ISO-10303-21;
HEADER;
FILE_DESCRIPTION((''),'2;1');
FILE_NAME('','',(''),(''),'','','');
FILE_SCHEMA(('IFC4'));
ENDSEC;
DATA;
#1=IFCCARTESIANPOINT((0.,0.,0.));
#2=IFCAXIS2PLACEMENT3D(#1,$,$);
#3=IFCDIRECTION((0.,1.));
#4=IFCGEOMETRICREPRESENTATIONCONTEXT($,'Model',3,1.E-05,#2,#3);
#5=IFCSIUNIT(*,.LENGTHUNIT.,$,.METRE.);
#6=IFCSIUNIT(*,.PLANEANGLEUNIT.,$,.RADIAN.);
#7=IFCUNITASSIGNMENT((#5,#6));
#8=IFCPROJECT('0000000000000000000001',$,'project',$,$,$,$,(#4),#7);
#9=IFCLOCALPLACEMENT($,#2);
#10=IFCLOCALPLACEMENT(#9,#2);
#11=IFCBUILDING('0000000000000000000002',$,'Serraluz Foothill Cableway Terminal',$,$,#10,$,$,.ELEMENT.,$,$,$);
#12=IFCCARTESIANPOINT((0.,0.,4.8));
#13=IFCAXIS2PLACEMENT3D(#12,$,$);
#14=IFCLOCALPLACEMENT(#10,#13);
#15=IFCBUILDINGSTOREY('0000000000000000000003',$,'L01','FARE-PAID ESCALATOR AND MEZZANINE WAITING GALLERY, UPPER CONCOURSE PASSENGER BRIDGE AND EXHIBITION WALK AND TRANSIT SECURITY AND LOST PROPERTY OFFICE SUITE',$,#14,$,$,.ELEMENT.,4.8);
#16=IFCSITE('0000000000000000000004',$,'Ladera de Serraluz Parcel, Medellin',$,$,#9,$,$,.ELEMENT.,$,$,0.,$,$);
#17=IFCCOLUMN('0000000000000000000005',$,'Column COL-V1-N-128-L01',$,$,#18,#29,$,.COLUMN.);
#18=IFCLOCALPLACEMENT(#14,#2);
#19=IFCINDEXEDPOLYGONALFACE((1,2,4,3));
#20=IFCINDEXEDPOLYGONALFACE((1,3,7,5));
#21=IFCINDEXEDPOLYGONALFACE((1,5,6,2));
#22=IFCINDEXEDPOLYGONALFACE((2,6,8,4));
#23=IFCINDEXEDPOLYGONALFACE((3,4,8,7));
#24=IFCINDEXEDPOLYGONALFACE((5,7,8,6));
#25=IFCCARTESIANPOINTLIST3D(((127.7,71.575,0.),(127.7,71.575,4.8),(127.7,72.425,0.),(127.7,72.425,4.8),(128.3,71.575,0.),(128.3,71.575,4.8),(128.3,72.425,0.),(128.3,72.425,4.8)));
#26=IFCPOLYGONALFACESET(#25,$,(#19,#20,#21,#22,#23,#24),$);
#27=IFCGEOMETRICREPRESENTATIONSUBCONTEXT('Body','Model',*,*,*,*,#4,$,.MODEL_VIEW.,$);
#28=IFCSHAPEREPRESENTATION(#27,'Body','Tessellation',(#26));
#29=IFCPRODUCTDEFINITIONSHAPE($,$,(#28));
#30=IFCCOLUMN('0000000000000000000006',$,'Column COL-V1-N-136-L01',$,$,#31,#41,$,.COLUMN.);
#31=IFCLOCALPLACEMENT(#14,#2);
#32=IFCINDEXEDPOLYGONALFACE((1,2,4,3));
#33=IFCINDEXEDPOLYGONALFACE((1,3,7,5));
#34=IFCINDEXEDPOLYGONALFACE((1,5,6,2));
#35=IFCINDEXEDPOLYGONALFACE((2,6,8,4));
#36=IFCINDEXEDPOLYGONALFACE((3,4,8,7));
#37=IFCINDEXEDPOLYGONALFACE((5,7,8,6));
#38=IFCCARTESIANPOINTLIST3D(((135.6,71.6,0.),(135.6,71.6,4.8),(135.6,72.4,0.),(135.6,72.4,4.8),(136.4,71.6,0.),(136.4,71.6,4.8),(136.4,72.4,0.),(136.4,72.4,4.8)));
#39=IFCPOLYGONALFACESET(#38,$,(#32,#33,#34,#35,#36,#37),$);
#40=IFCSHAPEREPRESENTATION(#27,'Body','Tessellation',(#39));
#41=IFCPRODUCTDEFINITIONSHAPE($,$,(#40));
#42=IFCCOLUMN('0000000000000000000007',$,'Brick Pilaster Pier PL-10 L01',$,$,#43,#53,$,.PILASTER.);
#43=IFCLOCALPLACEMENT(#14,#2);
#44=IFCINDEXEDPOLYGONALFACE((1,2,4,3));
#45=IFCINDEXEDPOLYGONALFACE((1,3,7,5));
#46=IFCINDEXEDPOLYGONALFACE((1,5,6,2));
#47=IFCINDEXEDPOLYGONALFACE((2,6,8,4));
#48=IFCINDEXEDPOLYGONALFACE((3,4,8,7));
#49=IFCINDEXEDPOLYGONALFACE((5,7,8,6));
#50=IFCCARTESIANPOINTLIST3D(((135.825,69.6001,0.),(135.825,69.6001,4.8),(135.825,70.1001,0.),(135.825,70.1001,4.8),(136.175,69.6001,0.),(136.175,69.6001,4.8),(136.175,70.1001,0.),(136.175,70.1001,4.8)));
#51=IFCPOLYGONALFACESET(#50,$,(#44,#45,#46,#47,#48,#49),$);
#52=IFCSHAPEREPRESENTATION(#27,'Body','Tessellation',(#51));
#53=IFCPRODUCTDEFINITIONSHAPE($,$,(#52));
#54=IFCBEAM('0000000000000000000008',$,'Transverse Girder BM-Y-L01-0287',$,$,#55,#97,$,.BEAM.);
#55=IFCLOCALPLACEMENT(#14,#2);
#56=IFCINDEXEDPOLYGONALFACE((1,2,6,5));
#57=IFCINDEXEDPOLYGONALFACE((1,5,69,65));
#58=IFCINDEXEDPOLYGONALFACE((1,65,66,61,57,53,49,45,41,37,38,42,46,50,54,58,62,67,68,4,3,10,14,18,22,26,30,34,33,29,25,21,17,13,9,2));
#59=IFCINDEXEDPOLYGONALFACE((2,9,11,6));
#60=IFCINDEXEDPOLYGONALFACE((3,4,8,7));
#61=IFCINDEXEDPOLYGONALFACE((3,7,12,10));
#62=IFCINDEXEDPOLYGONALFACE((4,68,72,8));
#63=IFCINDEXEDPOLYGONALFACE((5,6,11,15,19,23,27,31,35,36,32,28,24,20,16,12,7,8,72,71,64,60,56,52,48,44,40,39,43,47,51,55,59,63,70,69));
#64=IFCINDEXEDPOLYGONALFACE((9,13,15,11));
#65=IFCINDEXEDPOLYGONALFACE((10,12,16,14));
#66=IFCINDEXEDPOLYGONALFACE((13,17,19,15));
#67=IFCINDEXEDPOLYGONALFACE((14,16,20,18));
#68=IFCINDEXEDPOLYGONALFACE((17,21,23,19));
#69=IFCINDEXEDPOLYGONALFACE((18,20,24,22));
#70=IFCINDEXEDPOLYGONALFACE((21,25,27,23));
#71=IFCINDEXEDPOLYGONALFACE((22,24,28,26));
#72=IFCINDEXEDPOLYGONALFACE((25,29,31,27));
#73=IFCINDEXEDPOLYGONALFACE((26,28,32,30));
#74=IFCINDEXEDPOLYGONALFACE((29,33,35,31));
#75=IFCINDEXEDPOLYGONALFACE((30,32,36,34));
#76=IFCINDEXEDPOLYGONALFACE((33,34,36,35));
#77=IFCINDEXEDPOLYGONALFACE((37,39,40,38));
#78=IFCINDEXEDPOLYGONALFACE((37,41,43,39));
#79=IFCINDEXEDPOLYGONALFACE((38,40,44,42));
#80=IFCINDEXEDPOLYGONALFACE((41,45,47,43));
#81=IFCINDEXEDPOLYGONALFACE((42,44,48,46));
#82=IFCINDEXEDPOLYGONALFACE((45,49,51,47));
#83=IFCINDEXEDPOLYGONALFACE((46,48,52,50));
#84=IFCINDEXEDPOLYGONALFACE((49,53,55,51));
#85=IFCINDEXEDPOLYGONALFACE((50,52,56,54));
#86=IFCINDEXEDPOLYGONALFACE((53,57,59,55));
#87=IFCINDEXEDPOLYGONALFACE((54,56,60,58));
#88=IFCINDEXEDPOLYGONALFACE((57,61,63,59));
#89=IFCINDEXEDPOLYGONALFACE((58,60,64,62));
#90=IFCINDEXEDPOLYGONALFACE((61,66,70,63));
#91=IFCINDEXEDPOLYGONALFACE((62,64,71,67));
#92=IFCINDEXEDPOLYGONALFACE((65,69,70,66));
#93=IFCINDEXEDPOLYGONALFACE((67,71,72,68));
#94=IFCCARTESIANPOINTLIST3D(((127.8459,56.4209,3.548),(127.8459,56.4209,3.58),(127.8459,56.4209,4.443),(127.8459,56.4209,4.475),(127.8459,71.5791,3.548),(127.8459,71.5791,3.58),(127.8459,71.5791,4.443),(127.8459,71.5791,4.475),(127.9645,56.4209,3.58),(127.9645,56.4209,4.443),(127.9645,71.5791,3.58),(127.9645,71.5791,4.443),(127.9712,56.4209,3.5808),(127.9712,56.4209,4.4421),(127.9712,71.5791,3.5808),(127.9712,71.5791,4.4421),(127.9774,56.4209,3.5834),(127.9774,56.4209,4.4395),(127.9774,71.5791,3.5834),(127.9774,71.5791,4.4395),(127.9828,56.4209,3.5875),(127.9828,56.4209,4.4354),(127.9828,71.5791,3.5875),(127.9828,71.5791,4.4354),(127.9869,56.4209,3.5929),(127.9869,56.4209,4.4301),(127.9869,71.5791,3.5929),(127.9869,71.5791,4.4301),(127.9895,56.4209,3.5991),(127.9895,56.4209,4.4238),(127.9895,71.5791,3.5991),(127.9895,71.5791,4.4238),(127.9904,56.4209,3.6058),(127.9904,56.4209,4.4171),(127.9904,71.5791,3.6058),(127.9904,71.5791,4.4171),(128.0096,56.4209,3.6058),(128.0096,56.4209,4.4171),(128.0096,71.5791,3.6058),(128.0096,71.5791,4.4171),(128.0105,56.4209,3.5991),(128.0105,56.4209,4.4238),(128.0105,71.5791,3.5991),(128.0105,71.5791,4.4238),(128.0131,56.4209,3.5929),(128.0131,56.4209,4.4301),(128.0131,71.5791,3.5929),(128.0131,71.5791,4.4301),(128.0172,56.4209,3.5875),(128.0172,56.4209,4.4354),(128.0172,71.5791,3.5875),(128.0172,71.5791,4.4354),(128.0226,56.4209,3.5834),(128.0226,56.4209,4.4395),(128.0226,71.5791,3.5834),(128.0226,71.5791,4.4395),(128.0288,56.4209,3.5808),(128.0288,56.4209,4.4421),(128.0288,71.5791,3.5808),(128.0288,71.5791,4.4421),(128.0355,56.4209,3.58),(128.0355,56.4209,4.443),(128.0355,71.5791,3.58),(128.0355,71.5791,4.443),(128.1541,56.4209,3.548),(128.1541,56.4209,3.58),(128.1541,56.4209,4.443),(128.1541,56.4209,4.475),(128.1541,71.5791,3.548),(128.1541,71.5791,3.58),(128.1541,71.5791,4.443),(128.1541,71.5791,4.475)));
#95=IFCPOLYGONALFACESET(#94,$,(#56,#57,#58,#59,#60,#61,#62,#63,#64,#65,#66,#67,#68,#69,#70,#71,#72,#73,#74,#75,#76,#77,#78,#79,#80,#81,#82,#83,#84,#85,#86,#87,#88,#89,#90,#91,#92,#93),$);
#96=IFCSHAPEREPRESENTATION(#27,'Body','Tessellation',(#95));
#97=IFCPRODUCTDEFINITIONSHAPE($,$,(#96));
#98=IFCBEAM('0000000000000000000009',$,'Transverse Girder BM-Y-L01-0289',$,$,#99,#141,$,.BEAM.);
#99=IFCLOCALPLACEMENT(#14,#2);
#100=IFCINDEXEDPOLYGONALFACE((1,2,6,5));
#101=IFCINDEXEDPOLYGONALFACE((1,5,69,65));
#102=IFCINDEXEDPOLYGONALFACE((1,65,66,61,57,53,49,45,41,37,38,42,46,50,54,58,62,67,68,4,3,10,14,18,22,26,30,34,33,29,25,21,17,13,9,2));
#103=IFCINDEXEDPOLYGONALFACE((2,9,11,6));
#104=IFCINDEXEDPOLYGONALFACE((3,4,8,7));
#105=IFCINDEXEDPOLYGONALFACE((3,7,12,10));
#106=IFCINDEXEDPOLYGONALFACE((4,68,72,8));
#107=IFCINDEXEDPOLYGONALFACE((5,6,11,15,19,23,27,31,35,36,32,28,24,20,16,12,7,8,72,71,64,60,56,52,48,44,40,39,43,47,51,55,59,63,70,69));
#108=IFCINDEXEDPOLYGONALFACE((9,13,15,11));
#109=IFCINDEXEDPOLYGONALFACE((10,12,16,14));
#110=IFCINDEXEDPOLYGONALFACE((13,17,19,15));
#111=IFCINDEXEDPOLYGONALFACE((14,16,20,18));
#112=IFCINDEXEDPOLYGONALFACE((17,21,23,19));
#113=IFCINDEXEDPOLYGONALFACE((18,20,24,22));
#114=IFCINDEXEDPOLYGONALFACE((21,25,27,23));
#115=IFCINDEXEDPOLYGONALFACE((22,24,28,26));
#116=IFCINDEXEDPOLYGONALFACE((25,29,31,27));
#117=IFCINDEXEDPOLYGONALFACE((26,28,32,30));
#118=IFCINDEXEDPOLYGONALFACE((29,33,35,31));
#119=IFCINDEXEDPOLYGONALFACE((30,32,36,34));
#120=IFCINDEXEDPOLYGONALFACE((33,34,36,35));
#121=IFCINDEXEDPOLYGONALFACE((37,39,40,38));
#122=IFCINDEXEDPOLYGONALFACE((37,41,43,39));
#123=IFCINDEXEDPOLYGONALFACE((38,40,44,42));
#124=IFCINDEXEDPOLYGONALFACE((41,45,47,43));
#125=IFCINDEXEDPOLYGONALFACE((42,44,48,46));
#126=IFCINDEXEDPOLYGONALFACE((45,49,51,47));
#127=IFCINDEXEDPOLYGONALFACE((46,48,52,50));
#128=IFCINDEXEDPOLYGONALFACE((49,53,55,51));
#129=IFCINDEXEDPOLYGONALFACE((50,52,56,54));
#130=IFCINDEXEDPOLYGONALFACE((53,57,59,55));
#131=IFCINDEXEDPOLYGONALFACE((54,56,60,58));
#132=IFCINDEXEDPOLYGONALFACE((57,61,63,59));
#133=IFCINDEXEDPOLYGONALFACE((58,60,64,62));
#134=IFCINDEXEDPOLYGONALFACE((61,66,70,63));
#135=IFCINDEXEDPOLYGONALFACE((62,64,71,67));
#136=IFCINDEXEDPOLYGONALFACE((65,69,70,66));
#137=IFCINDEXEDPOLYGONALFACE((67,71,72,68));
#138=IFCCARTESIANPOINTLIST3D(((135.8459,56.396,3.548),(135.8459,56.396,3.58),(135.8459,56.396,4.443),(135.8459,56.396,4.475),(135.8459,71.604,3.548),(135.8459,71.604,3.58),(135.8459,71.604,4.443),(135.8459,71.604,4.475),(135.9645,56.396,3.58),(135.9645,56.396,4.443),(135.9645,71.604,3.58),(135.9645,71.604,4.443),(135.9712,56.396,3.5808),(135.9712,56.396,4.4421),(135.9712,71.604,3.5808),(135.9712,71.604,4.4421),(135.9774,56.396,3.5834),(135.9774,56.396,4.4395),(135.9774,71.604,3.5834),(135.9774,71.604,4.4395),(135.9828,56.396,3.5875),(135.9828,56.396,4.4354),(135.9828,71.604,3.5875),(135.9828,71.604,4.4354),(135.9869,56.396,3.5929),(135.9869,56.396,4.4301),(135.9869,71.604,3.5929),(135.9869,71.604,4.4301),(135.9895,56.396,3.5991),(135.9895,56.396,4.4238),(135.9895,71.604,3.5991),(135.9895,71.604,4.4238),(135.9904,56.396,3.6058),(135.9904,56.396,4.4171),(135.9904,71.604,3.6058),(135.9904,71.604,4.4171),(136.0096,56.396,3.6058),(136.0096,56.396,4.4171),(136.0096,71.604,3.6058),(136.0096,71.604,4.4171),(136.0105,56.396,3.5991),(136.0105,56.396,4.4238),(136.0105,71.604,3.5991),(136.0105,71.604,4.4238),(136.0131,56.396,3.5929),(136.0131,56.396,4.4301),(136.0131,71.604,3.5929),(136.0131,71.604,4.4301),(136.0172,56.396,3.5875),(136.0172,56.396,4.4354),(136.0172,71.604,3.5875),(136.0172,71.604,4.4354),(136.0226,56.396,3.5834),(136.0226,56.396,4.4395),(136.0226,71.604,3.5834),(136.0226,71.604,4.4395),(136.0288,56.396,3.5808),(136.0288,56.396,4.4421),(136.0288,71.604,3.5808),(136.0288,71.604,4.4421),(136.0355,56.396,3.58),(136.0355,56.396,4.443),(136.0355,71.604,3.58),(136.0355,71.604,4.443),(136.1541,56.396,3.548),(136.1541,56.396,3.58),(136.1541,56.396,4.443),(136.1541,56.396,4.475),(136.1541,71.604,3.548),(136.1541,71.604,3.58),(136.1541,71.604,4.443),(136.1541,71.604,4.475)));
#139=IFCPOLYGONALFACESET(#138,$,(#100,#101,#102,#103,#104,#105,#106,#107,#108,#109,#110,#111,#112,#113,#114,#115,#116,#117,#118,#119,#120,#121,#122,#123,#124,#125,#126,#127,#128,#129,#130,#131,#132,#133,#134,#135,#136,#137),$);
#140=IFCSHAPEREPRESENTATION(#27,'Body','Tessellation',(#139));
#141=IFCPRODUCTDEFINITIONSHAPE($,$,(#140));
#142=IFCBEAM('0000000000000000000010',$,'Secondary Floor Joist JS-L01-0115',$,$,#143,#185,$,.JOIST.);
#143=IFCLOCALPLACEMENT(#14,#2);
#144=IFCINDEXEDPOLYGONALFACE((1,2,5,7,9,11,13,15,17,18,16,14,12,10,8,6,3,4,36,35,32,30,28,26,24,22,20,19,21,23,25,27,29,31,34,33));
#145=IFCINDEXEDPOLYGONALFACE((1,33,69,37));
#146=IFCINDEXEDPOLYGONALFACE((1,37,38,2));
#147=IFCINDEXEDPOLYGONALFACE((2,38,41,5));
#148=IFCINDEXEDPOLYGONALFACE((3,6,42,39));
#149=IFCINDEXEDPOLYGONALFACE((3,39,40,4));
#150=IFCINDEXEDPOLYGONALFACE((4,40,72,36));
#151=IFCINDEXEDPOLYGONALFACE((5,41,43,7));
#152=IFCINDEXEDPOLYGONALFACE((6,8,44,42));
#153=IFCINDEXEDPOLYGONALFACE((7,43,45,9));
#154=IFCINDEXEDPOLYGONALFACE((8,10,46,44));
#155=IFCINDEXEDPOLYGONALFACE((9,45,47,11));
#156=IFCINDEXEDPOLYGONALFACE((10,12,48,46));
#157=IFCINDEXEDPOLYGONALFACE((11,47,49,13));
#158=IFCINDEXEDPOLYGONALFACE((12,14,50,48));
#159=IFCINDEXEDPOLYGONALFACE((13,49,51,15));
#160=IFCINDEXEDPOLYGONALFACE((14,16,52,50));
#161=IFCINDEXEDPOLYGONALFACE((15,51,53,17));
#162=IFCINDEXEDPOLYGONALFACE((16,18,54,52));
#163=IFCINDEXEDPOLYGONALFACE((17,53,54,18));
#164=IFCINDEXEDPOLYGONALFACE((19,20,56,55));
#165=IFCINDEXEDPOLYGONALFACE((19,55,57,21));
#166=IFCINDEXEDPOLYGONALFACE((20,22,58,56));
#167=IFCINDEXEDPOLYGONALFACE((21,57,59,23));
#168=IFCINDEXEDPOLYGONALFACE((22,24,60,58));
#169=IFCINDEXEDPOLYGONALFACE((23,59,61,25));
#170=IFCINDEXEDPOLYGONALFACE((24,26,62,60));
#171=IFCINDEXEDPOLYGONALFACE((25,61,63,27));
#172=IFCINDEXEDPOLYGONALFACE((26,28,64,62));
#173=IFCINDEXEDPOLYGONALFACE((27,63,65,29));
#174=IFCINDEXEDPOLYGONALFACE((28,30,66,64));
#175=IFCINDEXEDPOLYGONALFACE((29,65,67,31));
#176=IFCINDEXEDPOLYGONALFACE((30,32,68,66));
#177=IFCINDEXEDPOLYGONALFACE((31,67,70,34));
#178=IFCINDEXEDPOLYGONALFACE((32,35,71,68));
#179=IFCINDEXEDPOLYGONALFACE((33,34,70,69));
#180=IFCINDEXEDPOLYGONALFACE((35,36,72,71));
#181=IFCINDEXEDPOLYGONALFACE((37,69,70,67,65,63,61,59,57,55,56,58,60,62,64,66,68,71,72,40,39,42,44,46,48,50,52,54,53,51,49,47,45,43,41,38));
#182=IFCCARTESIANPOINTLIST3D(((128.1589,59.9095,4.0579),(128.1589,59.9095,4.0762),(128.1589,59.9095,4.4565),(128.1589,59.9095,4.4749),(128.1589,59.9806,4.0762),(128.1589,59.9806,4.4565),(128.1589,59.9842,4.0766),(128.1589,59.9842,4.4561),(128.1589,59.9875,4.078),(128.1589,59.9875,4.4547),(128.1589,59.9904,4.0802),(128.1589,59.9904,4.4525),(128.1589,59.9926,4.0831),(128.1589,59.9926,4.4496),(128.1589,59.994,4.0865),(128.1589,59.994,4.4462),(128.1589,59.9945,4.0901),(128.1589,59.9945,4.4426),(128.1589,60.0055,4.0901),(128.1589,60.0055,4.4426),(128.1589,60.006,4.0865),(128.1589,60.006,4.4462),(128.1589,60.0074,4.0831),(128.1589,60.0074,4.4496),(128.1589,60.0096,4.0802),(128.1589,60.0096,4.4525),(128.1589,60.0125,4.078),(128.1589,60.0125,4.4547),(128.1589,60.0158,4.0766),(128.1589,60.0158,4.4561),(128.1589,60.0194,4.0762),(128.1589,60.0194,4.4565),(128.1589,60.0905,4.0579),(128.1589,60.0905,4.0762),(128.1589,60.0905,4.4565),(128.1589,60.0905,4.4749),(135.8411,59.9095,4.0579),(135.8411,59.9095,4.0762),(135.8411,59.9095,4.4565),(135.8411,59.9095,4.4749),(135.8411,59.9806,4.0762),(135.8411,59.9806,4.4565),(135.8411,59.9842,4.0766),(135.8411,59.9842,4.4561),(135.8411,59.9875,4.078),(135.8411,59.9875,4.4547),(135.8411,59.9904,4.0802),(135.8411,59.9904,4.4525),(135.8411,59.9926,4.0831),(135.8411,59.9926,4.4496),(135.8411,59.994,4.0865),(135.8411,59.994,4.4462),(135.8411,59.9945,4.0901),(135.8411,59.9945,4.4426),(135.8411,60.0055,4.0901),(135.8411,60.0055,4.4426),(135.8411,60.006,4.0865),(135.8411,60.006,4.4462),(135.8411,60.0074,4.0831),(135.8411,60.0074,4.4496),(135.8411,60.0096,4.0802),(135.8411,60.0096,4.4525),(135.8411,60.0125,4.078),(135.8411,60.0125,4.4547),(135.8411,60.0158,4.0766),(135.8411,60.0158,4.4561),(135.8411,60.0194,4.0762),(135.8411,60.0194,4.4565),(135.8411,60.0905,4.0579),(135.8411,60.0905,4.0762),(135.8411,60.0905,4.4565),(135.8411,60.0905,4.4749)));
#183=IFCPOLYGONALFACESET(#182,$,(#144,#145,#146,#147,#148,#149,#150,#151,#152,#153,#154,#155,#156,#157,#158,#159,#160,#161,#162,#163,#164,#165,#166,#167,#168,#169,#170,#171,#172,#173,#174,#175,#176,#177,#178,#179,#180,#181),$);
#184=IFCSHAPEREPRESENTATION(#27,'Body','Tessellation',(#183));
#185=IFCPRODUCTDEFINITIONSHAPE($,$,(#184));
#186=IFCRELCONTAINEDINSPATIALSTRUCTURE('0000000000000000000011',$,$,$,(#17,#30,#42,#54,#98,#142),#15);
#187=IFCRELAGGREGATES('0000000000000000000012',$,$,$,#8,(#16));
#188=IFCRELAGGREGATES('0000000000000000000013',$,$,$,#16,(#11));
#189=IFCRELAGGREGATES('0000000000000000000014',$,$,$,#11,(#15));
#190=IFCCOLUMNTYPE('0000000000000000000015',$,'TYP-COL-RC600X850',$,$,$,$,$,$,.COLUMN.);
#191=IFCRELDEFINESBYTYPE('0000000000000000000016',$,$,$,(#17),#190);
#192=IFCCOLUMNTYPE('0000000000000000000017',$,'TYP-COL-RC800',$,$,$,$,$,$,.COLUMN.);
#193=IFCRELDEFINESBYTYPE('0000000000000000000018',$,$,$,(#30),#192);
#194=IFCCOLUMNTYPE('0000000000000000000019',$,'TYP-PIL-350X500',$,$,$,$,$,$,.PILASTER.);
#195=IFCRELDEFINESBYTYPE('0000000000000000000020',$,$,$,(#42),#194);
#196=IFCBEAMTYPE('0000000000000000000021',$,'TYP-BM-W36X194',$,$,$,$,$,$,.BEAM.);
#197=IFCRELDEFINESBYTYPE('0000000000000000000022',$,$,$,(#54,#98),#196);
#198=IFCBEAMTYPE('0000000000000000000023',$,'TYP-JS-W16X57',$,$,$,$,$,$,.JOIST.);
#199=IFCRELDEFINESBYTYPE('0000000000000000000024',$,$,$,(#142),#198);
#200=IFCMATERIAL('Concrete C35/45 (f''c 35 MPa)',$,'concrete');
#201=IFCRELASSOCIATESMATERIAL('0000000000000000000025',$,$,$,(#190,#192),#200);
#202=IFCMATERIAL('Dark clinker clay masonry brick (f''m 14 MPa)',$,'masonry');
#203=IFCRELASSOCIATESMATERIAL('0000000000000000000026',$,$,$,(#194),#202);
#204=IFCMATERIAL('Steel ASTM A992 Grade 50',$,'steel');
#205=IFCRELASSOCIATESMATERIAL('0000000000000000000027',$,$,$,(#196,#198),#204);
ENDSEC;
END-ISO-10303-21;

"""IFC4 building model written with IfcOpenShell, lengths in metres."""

from ifc_helpers import new_model, si_unit, direction, frame, origin, origin_2d, place, context, subcontext, project, spatial, rectangle, i_section, extrude, material, material_profile, profile_set, type_object, element, save


model = new_model("IFC4")

# Units and contexts
model_context = context("Model", 3, precision=1e-05, world=origin(), true_north=direction((0.0, 1.0)))
body_context = subcontext(model_context, "Body", "Model", "MODEL_VIEW")
ifc_project = project(units=[si_unit("LENGTHUNIT", "METRE"), si_unit("PLANEANGLEUNIT", "RADIAN")], contexts=[model_context])

# Site, building, storey
site_placement = place(None, origin())
site = spatial("IfcSite", under=ifc_project, at=site_placement, Name="Ladera de Serraluz Parcel, Medellin", CompositionType="ELEMENT", RefElevation=0.0)
building_placement = place(site_placement, origin())
building = spatial("IfcBuilding", under=site, at=building_placement, Name="Serraluz Foothill Cableway Terminal", CompositionType="ELEMENT")
storey_placement = place(building_placement, frame((0.0, 0.0, 4.8)))
storey = spatial("IfcBuildingStorey", under=building, at=storey_placement, Name="L01", Description="FARE-PAID ESCALATOR AND MEZZANINE WAITING GALLERY, UPPER CONCOURSE PASSENGER BRIDGE AND EXHIBITION WALK AND TRANSIT SECURITY AND LOST PROPERTY OFFICE SUITE", CompositionType="ELEMENT", Elevation=4.8)

# Columns
ifc_material_1 = material(Name="Concrete C35/45 (f'c 35 MPa)", Category="concrete")
ifc_material_profile_1 = material_profile(ifc_material_1, rectangle(XDim=0.6001, YDim=0.8501, at=origin_2d()), Name="RC 600x850")
ifc_profile_set_1 = profile_set([ifc_material_profile_1], Name="Concrete C35/45 (f'c 35 MPa)")
column_type_1 = type_object("IfcColumnType", Name="TYP-COL-RC600X850", PredefinedType="COLUMN", material=ifc_profile_set_1)
column_1_placement = place(storey_placement, frame((128.0, 72.0, 0.0), z_axis=(0.0, 0.0, 1.0), x_axis=(1.0, 0.0, 0.0)))
element("IfcColumn", 1, at=column_1_placement, inside=storey, type_object=column_type_1, Name="Column COL-V1-N-128-L01", PredefinedType="COLUMN", context=body_context, shape_type="SweptSolid", body=[
    extrude(rectangle(XDim=0.6001, YDim=0.8501, at=origin_2d()), origin(), (0.0, 0.0, 1.0), 4.8),
])
ifc_material_profile_2 = material_profile(ifc_material_1, rectangle(XDim=0.8, YDim=0.8, at=origin_2d()), Name="RC 800x800")
ifc_profile_set_2 = profile_set([ifc_material_profile_2], Name="Concrete C35/45 (f'c 35 MPa)")
column_type_2 = type_object("IfcColumnType", Name="TYP-COL-RC800", PredefinedType="COLUMN", material=ifc_profile_set_2)
column_2_placement = place(storey_placement, frame((136.0, 72.0, 0.0), z_axis=(0.0, 0.0, 1.0), x_axis=(1.0, 0.0, 0.0)))
element("IfcColumn", 2, at=column_2_placement, inside=storey, type_object=column_type_2, Name="Column COL-V1-N-136-L01", PredefinedType="COLUMN", context=body_context, shape_type="SweptSolid", body=[
    extrude(rectangle(XDim=0.8, YDim=0.8, at=origin_2d()), origin(), (0.0, 0.0, 1.0), 4.8),
])
ifc_material_2 = material(Name="Dark clinker clay masonry brick (f'm 14 MPa)", Category="masonry")
ifc_material_profile_3 = material_profile(ifc_material_2, rectangle(XDim=0.3501, YDim=0.5, at=origin_2d()), Name="PIL 350x500")
ifc_profile_set_3 = profile_set([ifc_material_profile_3], Name="Dark clinker clay masonry brick (f'm 14 MPa)")
column_type_3 = type_object("IfcColumnType", Name="TYP-PIL-350X500", PredefinedType="PILASTER", material=ifc_profile_set_3)
column_3_placement = place(storey_placement, frame((136.0, 69.8501, 0.0), z_axis=(0.0, 0.0, 1.0), x_axis=(1.0, 0.0, 0.0)))
element("IfcColumn", 3, at=column_3_placement, inside=storey, type_object=column_type_3, Name="Brick Pilaster Pier PL-10 L01", PredefinedType="PILASTER", context=body_context, shape_type="SweptSolid", body=[
    extrude(rectangle(XDim=0.3501, YDim=0.5, at=origin_2d()), origin(), (0.0, 0.0, 1.0), 4.8),
])

# Beams
ifc_material_3 = material(Name="Steel ASTM A992 Grade 50", Category="steel")
ifc_material_profile_4 = material_profile(ifc_material_3, i_section(OverallWidth=0.3081, OverallDepth=0.927, WebThickness=0.0193, FlangeThickness=0.032, FilletRadius=0.0259, at=origin_2d()), Name="W36X194")
ifc_profile_set_4 = profile_set([ifc_material_profile_4], Name="Steel ASTM A992 Grade 50")
beam_type_1 = type_object("IfcBeamType", Name="TYP-BM-W36X194", PredefinedType="BEAM", material=ifc_profile_set_4)
beam_1_placement = place(storey_placement, frame((128.0, 56.4209, 4.0115), z_axis=(0.0, 1.0, 0.0), x_axis=(-1.0, 0.0, 0.0)))
element("IfcBeam", 4, at=beam_1_placement, inside=storey, type_object=beam_type_1, Name="Transverse Girder BM-Y-L01-0287", PredefinedType="BEAM", context=body_context, shape_type="SweptSolid", body=[
    extrude(i_section(OverallWidth=0.3081, OverallDepth=0.927, WebThickness=0.0193, FlangeThickness=0.032, FilletRadius=0.0259, at=origin_2d()), origin(), (0.0, 0.0, 1.0), 15.1582),
])
beam_2_placement = place(storey_placement, frame((136.0, 56.396, 4.0115), z_axis=(0.0, 1.0, 0.0), x_axis=(-1.0, 0.0, 0.0)))
element("IfcBeam", 5, at=beam_2_placement, inside=storey, type_object=beam_type_1, Name="Transverse Girder BM-Y-L01-0289", PredefinedType="BEAM", context=body_context, shape_type="SweptSolid", body=[
    extrude(i_section(OverallWidth=0.3081, OverallDepth=0.927, WebThickness=0.0193, FlangeThickness=0.032, FilletRadius=0.0259, at=origin_2d()), origin(), (0.0, 0.0, 1.0), 15.208),
])
ifc_material_profile_5 = material_profile(ifc_material_3, i_section(OverallWidth=0.1809, OverallDepth=0.417, WebThickness=0.011, FlangeThickness=0.0183, FilletRadius=0.0139, at=origin_2d()), Name="W16X57")
ifc_profile_set_5 = profile_set([ifc_material_profile_5], Name="Steel ASTM A992 Grade 50")
beam_type_2 = type_object("IfcBeamType", Name="TYP-JS-W16X57", PredefinedType="JOIST", material=ifc_profile_set_5)
for number, where, z_axis, x_axis, name in (
    (6, (128.1589, 60.0, 4.2664), (1.0, 0.0, 0.0), (0.0, 1.0, 0.0), "Secondary Floor Joist JS-L01-0115"),
):
    element("IfcBeam", number, at=place(storey_placement, frame(where, z_axis=z_axis, x_axis=x_axis)), inside=storey, type_object=beam_type_2, Name=name, PredefinedType="JOIST", context=body_context, shape_type="SweptSolid", body=[
        extrude(i_section(OverallWidth=0.1809, OverallDepth=0.417, WebThickness=0.011, FlangeThickness=0.0183, FilletRadius=0.0139, at=origin_2d()), origin(), (0.0, 0.0, 1.0), 7.6821),
    ])

save(model, "model.ifc")
